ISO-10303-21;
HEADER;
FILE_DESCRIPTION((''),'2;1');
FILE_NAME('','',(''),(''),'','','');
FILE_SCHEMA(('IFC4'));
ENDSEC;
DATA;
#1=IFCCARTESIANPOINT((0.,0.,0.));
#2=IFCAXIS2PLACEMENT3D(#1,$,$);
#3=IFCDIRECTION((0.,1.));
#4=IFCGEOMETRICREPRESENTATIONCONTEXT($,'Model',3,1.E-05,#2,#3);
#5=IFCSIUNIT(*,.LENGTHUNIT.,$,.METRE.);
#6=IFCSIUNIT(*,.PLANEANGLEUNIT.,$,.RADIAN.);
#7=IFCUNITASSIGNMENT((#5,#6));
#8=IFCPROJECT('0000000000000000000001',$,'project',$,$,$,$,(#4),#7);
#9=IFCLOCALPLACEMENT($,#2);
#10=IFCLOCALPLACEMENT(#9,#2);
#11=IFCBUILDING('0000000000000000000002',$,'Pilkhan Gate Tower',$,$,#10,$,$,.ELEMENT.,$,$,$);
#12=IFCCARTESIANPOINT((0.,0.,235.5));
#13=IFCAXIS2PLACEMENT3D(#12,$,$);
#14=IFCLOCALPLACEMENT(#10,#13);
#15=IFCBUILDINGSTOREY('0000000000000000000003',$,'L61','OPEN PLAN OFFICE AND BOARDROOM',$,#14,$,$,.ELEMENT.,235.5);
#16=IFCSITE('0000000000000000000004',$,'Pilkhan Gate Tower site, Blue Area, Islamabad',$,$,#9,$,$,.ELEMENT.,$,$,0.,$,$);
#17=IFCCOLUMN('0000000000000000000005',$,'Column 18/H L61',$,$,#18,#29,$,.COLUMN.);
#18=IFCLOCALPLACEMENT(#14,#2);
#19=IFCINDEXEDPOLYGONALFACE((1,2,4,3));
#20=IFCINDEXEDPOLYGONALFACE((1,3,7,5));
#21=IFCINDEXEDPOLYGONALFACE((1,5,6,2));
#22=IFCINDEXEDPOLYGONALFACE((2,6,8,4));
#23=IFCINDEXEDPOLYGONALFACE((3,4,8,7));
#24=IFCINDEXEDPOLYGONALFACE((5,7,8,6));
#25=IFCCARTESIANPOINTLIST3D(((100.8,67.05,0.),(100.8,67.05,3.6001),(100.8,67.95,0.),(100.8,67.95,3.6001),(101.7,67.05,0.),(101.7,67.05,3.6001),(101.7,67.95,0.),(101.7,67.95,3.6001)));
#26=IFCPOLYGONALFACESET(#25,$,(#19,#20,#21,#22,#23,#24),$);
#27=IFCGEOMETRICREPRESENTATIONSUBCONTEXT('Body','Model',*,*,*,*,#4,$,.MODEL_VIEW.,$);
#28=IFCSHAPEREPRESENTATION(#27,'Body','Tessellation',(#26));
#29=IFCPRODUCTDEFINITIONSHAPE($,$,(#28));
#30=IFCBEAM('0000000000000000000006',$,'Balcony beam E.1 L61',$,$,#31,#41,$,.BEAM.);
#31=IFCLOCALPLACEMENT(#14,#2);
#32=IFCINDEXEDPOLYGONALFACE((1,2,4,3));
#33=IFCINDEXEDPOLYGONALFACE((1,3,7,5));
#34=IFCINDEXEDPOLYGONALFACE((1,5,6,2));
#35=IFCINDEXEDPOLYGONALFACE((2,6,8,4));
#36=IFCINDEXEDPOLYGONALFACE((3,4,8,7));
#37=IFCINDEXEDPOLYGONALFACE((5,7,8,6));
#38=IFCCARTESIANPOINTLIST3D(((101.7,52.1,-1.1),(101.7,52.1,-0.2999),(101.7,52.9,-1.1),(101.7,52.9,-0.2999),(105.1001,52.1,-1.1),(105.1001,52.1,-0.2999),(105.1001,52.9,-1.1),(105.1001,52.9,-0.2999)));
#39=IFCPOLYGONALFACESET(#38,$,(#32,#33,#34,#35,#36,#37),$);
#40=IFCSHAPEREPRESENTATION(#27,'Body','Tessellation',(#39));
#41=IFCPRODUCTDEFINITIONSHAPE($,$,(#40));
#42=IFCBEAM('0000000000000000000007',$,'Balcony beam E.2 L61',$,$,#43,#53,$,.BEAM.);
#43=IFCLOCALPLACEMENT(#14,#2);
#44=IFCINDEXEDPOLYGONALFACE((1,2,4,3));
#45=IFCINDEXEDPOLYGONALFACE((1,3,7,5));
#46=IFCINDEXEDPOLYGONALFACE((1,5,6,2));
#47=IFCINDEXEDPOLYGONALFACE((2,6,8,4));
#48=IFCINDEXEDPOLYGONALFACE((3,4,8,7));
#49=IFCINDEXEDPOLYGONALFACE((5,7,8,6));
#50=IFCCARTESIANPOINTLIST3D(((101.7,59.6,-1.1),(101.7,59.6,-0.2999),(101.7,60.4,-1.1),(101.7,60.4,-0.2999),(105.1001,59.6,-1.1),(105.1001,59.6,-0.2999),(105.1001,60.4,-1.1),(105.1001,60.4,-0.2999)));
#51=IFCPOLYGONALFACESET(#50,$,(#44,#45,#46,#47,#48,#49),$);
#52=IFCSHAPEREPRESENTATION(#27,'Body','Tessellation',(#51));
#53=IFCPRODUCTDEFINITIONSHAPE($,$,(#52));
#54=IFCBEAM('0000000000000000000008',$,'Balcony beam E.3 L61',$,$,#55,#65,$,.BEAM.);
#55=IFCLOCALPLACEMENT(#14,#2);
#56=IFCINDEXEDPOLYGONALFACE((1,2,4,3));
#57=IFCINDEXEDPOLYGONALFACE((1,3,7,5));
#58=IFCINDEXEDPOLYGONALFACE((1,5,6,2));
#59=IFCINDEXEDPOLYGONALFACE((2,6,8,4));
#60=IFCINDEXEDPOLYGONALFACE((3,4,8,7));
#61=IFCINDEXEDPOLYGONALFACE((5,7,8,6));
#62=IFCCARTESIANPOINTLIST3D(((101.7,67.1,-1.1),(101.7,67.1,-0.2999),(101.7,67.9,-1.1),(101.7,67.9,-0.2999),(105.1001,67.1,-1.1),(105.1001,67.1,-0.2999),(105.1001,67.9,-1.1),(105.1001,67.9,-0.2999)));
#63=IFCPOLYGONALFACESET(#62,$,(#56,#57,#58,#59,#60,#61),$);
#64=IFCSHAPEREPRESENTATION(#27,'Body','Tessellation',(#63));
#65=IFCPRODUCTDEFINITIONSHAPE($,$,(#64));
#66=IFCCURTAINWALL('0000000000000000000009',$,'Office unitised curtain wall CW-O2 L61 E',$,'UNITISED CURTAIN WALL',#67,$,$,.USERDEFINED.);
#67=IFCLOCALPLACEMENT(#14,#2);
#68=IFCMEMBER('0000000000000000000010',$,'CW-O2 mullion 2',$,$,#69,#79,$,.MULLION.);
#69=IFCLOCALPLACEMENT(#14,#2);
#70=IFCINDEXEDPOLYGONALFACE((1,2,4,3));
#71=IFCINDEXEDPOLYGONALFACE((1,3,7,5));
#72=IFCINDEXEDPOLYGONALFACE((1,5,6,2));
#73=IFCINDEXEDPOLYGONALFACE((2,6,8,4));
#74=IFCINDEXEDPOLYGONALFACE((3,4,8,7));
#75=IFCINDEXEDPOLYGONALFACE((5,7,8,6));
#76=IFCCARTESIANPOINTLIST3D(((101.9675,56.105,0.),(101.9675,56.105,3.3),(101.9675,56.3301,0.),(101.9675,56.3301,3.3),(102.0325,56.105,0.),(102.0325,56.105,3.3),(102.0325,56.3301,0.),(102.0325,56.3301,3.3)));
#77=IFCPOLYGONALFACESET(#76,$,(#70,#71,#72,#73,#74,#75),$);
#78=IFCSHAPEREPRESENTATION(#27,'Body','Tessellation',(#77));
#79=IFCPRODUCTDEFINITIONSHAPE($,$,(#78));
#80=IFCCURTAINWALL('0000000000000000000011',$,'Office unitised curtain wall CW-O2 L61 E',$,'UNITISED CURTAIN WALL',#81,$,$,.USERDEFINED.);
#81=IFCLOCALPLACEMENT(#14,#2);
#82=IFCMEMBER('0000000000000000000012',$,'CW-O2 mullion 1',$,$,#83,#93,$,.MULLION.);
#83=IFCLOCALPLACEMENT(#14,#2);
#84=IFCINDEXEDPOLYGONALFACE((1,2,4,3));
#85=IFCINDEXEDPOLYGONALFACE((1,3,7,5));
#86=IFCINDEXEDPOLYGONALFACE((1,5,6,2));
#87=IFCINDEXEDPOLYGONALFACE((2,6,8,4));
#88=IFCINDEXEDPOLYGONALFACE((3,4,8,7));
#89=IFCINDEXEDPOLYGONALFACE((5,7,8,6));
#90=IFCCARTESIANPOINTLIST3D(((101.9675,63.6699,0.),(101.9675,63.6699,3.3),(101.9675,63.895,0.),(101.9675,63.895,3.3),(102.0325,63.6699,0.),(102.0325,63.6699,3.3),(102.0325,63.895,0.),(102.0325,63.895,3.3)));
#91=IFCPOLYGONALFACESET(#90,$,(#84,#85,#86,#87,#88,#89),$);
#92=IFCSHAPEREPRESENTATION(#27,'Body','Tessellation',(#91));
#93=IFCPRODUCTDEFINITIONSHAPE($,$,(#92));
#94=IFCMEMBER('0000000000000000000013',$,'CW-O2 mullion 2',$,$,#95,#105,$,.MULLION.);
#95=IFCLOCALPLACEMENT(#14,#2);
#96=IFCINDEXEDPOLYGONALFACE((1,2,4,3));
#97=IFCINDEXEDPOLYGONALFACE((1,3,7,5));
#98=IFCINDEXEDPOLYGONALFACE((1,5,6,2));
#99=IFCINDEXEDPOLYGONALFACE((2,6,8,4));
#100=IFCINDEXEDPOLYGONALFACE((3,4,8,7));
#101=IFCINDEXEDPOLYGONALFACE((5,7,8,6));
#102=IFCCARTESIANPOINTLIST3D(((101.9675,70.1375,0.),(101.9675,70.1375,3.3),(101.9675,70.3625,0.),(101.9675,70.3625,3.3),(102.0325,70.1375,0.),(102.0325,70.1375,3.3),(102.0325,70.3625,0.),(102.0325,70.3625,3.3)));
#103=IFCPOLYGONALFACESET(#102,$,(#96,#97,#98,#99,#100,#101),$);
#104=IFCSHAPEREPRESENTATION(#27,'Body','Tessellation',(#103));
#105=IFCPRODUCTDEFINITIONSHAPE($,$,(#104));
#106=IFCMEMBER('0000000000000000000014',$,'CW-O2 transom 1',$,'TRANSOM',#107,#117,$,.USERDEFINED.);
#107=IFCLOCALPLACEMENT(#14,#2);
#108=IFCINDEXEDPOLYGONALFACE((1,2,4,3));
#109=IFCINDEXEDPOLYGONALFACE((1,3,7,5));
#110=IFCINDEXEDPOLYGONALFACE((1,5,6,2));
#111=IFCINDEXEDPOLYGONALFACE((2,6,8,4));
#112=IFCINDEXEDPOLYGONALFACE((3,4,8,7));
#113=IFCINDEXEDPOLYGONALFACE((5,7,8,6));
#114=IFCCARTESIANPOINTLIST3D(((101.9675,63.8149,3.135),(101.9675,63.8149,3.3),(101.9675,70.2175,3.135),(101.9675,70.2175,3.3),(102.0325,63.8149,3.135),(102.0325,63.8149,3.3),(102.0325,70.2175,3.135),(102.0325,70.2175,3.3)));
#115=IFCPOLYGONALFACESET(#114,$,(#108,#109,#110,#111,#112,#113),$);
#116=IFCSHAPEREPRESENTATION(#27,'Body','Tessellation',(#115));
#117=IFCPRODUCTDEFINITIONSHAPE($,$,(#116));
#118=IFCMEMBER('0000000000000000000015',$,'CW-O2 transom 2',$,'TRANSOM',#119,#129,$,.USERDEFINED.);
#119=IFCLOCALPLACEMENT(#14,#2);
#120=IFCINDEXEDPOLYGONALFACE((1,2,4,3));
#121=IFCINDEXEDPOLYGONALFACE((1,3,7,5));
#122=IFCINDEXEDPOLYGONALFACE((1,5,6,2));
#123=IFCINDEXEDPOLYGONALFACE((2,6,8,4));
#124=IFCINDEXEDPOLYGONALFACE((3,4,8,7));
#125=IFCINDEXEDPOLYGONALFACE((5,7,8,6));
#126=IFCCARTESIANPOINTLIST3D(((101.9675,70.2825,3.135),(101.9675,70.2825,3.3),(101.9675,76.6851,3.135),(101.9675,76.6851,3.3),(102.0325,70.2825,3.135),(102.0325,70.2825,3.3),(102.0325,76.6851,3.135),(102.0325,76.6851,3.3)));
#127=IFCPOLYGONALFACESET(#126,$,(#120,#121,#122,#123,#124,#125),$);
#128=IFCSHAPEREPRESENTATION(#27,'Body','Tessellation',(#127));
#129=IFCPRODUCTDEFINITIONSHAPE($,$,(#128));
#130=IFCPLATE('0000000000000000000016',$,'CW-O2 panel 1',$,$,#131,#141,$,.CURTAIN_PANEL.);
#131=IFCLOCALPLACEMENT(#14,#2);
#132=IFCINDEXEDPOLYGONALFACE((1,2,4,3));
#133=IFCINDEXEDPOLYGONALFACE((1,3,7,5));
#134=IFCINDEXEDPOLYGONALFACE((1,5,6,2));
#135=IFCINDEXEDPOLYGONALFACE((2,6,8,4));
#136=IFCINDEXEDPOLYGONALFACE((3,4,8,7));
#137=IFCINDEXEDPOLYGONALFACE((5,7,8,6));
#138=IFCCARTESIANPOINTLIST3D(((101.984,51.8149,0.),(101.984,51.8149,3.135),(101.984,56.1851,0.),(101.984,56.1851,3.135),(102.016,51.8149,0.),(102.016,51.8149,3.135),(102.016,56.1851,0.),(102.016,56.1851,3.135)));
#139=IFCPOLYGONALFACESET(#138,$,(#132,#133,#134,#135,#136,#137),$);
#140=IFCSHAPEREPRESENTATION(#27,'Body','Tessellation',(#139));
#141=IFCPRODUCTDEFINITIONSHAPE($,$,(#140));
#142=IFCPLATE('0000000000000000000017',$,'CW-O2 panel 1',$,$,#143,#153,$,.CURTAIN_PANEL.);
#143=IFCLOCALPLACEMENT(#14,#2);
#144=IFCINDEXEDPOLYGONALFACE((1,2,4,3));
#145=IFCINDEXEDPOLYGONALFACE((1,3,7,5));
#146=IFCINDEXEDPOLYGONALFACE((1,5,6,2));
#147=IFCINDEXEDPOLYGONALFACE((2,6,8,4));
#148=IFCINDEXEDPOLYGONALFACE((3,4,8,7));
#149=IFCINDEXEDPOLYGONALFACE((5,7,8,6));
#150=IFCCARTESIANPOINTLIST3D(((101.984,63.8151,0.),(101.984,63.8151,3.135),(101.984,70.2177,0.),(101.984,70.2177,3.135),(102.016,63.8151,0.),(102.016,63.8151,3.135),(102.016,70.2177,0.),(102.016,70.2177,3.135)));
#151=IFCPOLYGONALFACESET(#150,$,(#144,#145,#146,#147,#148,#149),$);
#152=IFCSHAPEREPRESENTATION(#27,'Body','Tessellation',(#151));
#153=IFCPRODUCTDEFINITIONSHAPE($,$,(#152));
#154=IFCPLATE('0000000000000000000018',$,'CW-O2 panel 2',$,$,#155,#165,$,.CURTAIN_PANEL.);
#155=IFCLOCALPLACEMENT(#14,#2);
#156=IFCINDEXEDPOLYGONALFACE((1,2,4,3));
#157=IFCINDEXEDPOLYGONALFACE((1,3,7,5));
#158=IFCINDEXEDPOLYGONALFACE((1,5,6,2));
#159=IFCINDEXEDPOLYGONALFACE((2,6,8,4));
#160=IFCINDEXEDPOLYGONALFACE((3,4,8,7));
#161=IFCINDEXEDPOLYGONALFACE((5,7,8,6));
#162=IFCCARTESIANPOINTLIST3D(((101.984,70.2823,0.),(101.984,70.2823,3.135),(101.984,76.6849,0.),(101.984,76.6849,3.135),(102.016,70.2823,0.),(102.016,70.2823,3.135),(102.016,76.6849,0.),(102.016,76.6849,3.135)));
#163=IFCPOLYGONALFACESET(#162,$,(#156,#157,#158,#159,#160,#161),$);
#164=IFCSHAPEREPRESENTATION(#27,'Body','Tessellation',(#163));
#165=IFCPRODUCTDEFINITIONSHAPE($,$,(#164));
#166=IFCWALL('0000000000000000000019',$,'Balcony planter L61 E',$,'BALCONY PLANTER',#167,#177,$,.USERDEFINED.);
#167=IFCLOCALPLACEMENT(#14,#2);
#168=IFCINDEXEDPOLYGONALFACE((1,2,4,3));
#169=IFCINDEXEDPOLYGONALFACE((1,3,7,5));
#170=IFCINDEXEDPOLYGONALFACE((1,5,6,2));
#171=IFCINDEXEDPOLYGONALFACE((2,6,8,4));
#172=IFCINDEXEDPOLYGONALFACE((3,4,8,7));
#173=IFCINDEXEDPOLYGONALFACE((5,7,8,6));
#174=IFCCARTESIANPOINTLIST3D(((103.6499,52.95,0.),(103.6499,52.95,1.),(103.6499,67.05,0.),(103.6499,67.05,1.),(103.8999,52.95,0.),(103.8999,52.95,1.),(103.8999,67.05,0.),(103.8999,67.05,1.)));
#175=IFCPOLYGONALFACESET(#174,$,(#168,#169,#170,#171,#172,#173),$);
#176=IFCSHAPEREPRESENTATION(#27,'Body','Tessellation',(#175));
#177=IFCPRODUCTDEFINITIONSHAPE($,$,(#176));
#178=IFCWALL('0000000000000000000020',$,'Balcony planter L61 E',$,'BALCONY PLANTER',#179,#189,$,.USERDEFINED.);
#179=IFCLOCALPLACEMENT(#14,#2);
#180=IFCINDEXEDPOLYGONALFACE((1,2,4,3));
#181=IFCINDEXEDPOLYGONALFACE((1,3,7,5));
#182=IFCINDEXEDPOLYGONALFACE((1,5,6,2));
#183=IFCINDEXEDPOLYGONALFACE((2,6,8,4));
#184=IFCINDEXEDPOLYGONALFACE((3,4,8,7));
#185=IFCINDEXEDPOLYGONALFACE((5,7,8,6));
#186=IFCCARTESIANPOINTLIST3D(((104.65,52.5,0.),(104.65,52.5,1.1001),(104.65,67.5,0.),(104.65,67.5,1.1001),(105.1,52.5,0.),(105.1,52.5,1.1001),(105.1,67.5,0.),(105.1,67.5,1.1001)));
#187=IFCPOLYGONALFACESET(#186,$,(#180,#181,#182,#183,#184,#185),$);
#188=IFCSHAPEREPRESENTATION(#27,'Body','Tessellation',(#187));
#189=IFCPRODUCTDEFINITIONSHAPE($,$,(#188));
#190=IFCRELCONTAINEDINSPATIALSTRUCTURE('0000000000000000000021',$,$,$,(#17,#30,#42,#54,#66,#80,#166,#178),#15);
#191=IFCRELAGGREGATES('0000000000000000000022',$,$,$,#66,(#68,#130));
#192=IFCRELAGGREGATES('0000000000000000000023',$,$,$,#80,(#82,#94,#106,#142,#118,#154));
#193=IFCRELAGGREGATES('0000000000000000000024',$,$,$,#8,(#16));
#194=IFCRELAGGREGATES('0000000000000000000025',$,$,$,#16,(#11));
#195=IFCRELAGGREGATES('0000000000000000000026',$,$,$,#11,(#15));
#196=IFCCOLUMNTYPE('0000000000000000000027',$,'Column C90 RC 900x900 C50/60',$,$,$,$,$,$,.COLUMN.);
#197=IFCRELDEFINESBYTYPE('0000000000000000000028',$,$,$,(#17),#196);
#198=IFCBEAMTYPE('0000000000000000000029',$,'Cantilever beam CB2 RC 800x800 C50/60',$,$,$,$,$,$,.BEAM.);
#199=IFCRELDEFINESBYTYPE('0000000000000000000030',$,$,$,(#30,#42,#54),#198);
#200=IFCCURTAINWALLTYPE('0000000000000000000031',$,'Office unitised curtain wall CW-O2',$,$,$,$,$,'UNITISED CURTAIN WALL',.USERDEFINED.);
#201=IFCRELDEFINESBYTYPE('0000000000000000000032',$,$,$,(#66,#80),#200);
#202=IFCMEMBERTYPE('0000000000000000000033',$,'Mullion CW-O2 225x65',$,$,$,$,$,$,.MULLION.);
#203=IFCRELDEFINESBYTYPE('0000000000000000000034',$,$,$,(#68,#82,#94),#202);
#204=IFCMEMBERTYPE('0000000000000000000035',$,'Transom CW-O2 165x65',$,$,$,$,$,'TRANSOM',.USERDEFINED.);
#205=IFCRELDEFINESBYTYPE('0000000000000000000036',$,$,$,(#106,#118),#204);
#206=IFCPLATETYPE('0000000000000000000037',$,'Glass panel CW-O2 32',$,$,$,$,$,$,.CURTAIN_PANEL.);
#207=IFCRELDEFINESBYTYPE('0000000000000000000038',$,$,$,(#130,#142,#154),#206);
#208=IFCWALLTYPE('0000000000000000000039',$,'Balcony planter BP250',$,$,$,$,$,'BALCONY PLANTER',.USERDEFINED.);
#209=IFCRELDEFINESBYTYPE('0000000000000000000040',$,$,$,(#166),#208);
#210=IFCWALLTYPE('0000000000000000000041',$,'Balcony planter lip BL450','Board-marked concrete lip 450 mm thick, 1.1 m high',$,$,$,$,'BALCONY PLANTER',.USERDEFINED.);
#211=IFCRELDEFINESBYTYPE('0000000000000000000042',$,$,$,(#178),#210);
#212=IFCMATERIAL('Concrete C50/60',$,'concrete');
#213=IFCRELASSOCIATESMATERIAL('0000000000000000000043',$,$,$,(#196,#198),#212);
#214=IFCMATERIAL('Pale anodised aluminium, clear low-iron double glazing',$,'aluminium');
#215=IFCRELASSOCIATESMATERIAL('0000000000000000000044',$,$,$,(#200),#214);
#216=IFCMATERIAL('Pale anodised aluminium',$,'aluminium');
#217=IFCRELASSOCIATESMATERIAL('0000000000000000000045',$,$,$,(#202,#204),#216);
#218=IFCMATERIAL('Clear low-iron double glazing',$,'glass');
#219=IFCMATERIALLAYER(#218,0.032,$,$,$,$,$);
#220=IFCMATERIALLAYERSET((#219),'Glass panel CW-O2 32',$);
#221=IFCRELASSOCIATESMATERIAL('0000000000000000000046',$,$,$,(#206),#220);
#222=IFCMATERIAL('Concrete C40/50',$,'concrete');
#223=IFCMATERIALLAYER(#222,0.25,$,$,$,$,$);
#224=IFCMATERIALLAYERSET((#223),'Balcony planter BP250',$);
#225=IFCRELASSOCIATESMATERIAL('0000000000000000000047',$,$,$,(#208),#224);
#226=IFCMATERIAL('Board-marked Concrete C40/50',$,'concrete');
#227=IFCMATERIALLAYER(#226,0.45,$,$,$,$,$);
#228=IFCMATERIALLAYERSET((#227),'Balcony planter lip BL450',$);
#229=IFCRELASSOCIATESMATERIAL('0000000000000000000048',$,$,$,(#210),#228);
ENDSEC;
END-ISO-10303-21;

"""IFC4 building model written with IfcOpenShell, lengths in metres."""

from ifc_helpers import new_model, si_unit, direction, frame, frame_2d, origin, origin_2d, place, context, subcontext, project, spatial, rectangle, extrude, material, layer, layer_set, material_profile, profile_set, type_object, element, aggregate, save


model = new_model("IFC4")

# Units and contexts
model_context = context("Model", 3, precision=1e-05, world=origin(), true_north=direction((0.0, 1.0)))
body_context = subcontext(model_context, "Body", "Model", "MODEL_VIEW")
ifc_project = project(units=[si_unit("LENGTHUNIT", "METRE"), si_unit("PLANEANGLEUNIT", "RADIAN")], contexts=[model_context])

# Site, building, storey
site_placement = place(None, origin())
site = spatial("IfcSite", under=ifc_project, at=site_placement, Name="Pilkhan Gate Tower site, Blue Area, Islamabad", CompositionType="ELEMENT", RefElevation=0.0)
building_placement = place(site_placement, origin())
building = spatial("IfcBuilding", under=site, at=building_placement, Name="Pilkhan Gate Tower", CompositionType="ELEMENT")
storey_placement = place(building_placement, frame((0.0, 0.0, 235.5)))
storey = spatial("IfcBuildingStorey", under=building, at=storey_placement, Name="L61", Description="OPEN PLAN OFFICE AND BOARDROOM", CompositionType="ELEMENT", Elevation=235.5)

# Column
ifc_material_1 = material(Name="Concrete C50/60", Category="concrete")
ifc_material_profile_1 = material_profile(ifc_material_1, rectangle(XDim=0.8999, YDim=0.8999, at=origin_2d()), Name="RC 900x900")
ifc_profile_set_1 = profile_set([ifc_material_profile_1], Name="Concrete C50/60")
column_type = type_object("IfcColumnType", Name="Column C90 RC 900x900 C50/60", PredefinedType="COLUMN", material=ifc_profile_set_1)
column_placement = place(storey_placement, frame((101.25, 67.5, 0.0), z_axis=(0.0, 0.0, 1.0), x_axis=(1.0, 0.0, 0.0)))
element("IfcColumn", 1, at=column_placement, inside=storey, type_object=column_type, Name="Column 18/H L61", PredefinedType="COLUMN", context=body_context, shape_type="SweptSolid", body=[
    extrude(rectangle(XDim=0.8999, YDim=0.8999, at=origin_2d()), origin(), (0.0, 0.0, 1.0), 3.6001),
])

# Beams
ifc_material_profile_2 = material_profile(ifc_material_1, rectangle(XDim=0.8, YDim=0.8, at=origin_2d()), Name="RC 800x800")
ifc_profile_set_2 = profile_set([ifc_material_profile_2], Name="Concrete C50/60")
beam_type = type_object("IfcBeamType", Name="Cantilever beam CB2 RC 800x800 C50/60", PredefinedType="BEAM", material=ifc_profile_set_2)
for number, where, z_axis, x_axis, name in (
    (2, (101.7, 52.5, -0.7), (1.0, 0.0, 0.0), (0.0, 1.0, 0.0), "Balcony beam E.1 L61"),
    (3, (101.7, 60.0, -0.7), (1.0, 0.0, 0.0), (0.0, 1.0, 0.0), "Balcony beam E.2 L61"),
    (4, (101.7, 67.5, -0.7), (1.0, 0.0, 0.0), (0.0, 1.0, 0.0), "Balcony beam E.3 L61"),
):
    element("IfcBeam", number, at=place(storey_placement, frame(where, z_axis=z_axis, x_axis=x_axis)), inside=storey, type_object=beam_type, Name=name, PredefinedType="BEAM", context=body_context, shape_type="SweptSolid", body=[
        extrude(rectangle(XDim=0.8, YDim=0.8, at=origin_2d()), origin(), (0.0, 0.0, 1.0), 3.4001),
    ])

# Curtain wall, member
ifc_material_2 = material(Name="Pale anodised aluminium, clear low-iron double glazing", Category="aluminium")
curtain_wall_type = type_object("IfcCurtainWallType", Name="Office unitised curtain wall CW-O2", ElementType="UNITISED CURTAIN WALL", PredefinedType="USERDEFINED", material=ifc_material_2)
curtain_wall_1_placement = place(storey_placement, origin())
curtain_wall_1 = element("IfcCurtainWall", 5, at=curtain_wall_1_placement, inside=storey, type_object=curtain_wall_type, Name="Office unitised curtain wall CW-O2 L61 E", ObjectType="UNITISED CURTAIN WALL", PredefinedType="USERDEFINED")
ifc_material_3 = material(Name="Pale anodised aluminium", Category="aluminium")
ifc_material_profile_3 = material_profile(ifc_material_3, rectangle(XDim=0.0649, YDim=0.2251, at=origin_2d()), Name="Mullion 225x65")
ifc_profile_set_3 = profile_set([ifc_material_profile_3], Name="Pale anodised aluminium")
member_type_1 = type_object("IfcMemberType", Name="Mullion CW-O2 225x65", PredefinedType="MULLION", material=ifc_profile_set_3)
member_1_placement = place(storey_placement, frame((102.0, 56.2175, 0.0), z_axis=(0.0, 0.0, 1.0), x_axis=(-1.0, 0.0, 0.0)))
member_1 = element("IfcMember", 6, at=member_1_placement, type_object=member_type_1, Name="CW-O2 mullion 2", PredefinedType="MULLION", context=body_context, shape_type="SweptSolid", body=[
    extrude(rectangle(XDim=0.0649, YDim=0.2251, at=origin_2d()), origin(), (0.0, 0.0, 1.0), 3.3),
])

# Curtain wall, members
curtain_wall_2_placement = place(storey_placement, origin())
curtain_wall_2 = element("IfcCurtainWall", 7, at=curtain_wall_2_placement, inside=storey, type_object=curtain_wall_type, Name="Office unitised curtain wall CW-O2 L61 E", ObjectType="UNITISED CURTAIN WALL", PredefinedType="USERDEFINED")
member_2_placement = place(storey_placement, frame((102.0, 63.7825, 0.0), z_axis=(0.0, 0.0, 1.0), x_axis=(-1.0, 0.0, 0.0)))
member_2 = element("IfcMember", 8, at=member_2_placement, type_object=member_type_1, Name="CW-O2 mullion 1", PredefinedType="MULLION", context=body_context, shape_type="SweptSolid", body=[
    extrude(rectangle(XDim=0.0649, YDim=0.2251, at=origin_2d()), origin(), (0.0, 0.0, 1.0), 3.3),
])
member_3_placement = place(storey_placement, frame((102.0, 70.25, 0.0), z_axis=(0.0, 0.0, 1.0), x_axis=(-1.0, 0.0, 0.0)))
member_3 = element("IfcMember", 9, at=member_3_placement, type_object=member_type_1, Name="CW-O2 mullion 2", PredefinedType="MULLION", context=body_context, shape_type="SweptSolid", body=[
    extrude(rectangle(XDim=0.0649, YDim=0.2251, at=origin_2d()), origin(), (0.0, 0.0, 1.0), 3.3),
])
ifc_material_profile_4 = material_profile(ifc_material_3, rectangle(XDim=0.0649, YDim=0.165, at=origin_2d()), Name="Transom 165x65")
ifc_profile_set_4 = profile_set([ifc_material_profile_4], Name="Pale anodised aluminium")
member_type_2 = type_object("IfcMemberType", Name="Transom CW-O2 165x65", ElementType="TRANSOM", PredefinedType="USERDEFINED", material=ifc_profile_set_4)
member_4_placement = place(storey_placement, frame((102.0, 63.8149, 3.2175), z_axis=(0.0, 1.0, 0.0), x_axis=(-1.0, 0.0, 0.0)))
member_4 = element("IfcMember", 10, at=member_4_placement, type_object=member_type_2, Name="CW-O2 transom 1", ObjectType="TRANSOM", PredefinedType="USERDEFINED", context=body_context, shape_type="SweptSolid", body=[
    extrude(rectangle(XDim=0.0649, YDim=0.165, at=origin_2d()), origin(), (0.0, 0.0, 1.0), 6.4026),
])
member_5_placement = place(storey_placement, frame((102.0, 70.2825, 3.2175), z_axis=(0.0, 1.0, 0.0), x_axis=(-1.0, 0.0, 0.0)))
member_5 = element("IfcMember", 11, at=member_5_placement, type_object=member_type_2, Name="CW-O2 transom 2", ObjectType="TRANSOM", PredefinedType="USERDEFINED", context=body_context, shape_type="SweptSolid", body=[
    extrude(rectangle(XDim=0.0649, YDim=0.165, at=origin_2d()), origin(), (0.0, 0.0, 1.0), 6.4026),
])

# Plates
ifc_material_4 = material(Name="Clear low-iron double glazing", Category="glass")
ifc_layer_1 = layer(ifc_material_4, 0.032)
ifc_layer_set_1 = layer_set([ifc_layer_1], Name="Glass panel CW-O2 32")
plate_type = type_object("IfcPlateType", Name="Glass panel CW-O2 32", PredefinedType="CURTAIN_PANEL", material=ifc_layer_set_1)
plate_1_placement = place(storey_placement, frame((102.0, 54.0, 0.0), z_axis=(0.0, 0.0, 1.0), x_axis=(0.0, 1.0, 0.0)))
plate_1 = element("IfcPlate", 12, at=plate_1_placement, type_object=plate_type, Name="CW-O2 panel 1", PredefinedType="CURTAIN_PANEL", context=body_context, shape_type="SweptSolid", body=[
    extrude(rectangle(XDim=4.3701, YDim=0.032, at=origin_2d()), origin(), (0.0, 0.0, 1.0), 3.135),
])
aggregate(curtain_wall_1, [member_1, plate_1])
plate_2_placement = place(storey_placement, frame((102.0, 67.0164, 0.0), z_axis=(0.0, 0.0, 1.0), x_axis=(0.0, 1.0, 0.0)))
plate_2 = element("IfcPlate", 13, at=plate_2_placement, type_object=plate_type, Name="CW-O2 panel 1", PredefinedType="CURTAIN_PANEL", context=body_context, shape_type="SweptSolid", body=[
    extrude(rectangle(XDim=6.4026, YDim=0.032, at=origin_2d()), origin(), (0.0, 0.0, 1.0), 3.135),
])
plate_3_placement = place(storey_placement, frame((102.0, 73.4836, 0.0), z_axis=(0.0, 0.0, 1.0), x_axis=(0.0, 1.0, 0.0)))
plate_3 = element("IfcPlate", 14, at=plate_3_placement, type_object=plate_type, Name="CW-O2 panel 2", PredefinedType="CURTAIN_PANEL", context=body_context, shape_type="SweptSolid", body=[
    extrude(rectangle(XDim=6.4026, YDim=0.032, at=origin_2d()), origin(), (0.0, 0.0, 1.0), 3.135),
])
aggregate(curtain_wall_2, [member_2, member_3, member_4, plate_2, member_5, plate_3])

# Walls
ifc_material_5 = material(Name="Concrete C40/50", Category="concrete")
ifc_layer_2 = layer(ifc_material_5, 0.25)
ifc_layer_set_2 = layer_set([ifc_layer_2], Name="Balcony planter BP250")
wall_type_1 = type_object("IfcWallType", Name="Balcony planter BP250", ElementType="BALCONY PLANTER", PredefinedType="USERDEFINED", material=ifc_layer_set_2)
wall_1_placement = place(storey_placement, frame((103.7749, 52.95, 0.0), z_axis=(0.0, 0.0, 1.0), x_axis=(0.0, 1.0, 0.0)))
element("IfcWall", 15, at=wall_1_placement, inside=storey, type_object=wall_type_1, Name="Balcony planter L61 E", ObjectType="BALCONY PLANTER", PredefinedType="USERDEFINED", context=body_context, shape_type="SweptSolid", body=[
    extrude(rectangle(XDim=14.1001, YDim=0.25, at=frame_2d((7.05, 0.0))), origin(), (0.0, 0.0, 1.0), 1.0),
])
ifc_material_6 = material(Name="Board-marked Concrete C40/50", Category="concrete")
ifc_layer_3 = layer(ifc_material_6, 0.45)
ifc_layer_set_3 = layer_set([ifc_layer_3], Name="Balcony planter lip BL450")
wall_type_2 = type_object("IfcWallType", Name="Balcony planter lip BL450", Description="Board-marked concrete lip 450 mm thick, 1.1 m high", ElementType="BALCONY PLANTER", PredefinedType="USERDEFINED", material=ifc_layer_set_3)
wall_2_placement = place(storey_placement, frame((104.875, 52.5, 0.0), z_axis=(0.0, 0.0, 1.0), x_axis=(0.0, 1.0, 0.0)))
element("IfcWall", 16, at=wall_2_placement, inside=storey, type_object=wall_type_2, Name="Balcony planter L61 E", ObjectType="BALCONY PLANTER", PredefinedType="USERDEFINED", context=body_context, shape_type="SweptSolid", body=[
    extrude(rectangle(XDim=15.0, YDim=0.45, at=frame_2d((7.5, 0.0))), origin(), (0.0, 0.0, 1.0), 1.1001),
])

save(model, "model.ifc")
